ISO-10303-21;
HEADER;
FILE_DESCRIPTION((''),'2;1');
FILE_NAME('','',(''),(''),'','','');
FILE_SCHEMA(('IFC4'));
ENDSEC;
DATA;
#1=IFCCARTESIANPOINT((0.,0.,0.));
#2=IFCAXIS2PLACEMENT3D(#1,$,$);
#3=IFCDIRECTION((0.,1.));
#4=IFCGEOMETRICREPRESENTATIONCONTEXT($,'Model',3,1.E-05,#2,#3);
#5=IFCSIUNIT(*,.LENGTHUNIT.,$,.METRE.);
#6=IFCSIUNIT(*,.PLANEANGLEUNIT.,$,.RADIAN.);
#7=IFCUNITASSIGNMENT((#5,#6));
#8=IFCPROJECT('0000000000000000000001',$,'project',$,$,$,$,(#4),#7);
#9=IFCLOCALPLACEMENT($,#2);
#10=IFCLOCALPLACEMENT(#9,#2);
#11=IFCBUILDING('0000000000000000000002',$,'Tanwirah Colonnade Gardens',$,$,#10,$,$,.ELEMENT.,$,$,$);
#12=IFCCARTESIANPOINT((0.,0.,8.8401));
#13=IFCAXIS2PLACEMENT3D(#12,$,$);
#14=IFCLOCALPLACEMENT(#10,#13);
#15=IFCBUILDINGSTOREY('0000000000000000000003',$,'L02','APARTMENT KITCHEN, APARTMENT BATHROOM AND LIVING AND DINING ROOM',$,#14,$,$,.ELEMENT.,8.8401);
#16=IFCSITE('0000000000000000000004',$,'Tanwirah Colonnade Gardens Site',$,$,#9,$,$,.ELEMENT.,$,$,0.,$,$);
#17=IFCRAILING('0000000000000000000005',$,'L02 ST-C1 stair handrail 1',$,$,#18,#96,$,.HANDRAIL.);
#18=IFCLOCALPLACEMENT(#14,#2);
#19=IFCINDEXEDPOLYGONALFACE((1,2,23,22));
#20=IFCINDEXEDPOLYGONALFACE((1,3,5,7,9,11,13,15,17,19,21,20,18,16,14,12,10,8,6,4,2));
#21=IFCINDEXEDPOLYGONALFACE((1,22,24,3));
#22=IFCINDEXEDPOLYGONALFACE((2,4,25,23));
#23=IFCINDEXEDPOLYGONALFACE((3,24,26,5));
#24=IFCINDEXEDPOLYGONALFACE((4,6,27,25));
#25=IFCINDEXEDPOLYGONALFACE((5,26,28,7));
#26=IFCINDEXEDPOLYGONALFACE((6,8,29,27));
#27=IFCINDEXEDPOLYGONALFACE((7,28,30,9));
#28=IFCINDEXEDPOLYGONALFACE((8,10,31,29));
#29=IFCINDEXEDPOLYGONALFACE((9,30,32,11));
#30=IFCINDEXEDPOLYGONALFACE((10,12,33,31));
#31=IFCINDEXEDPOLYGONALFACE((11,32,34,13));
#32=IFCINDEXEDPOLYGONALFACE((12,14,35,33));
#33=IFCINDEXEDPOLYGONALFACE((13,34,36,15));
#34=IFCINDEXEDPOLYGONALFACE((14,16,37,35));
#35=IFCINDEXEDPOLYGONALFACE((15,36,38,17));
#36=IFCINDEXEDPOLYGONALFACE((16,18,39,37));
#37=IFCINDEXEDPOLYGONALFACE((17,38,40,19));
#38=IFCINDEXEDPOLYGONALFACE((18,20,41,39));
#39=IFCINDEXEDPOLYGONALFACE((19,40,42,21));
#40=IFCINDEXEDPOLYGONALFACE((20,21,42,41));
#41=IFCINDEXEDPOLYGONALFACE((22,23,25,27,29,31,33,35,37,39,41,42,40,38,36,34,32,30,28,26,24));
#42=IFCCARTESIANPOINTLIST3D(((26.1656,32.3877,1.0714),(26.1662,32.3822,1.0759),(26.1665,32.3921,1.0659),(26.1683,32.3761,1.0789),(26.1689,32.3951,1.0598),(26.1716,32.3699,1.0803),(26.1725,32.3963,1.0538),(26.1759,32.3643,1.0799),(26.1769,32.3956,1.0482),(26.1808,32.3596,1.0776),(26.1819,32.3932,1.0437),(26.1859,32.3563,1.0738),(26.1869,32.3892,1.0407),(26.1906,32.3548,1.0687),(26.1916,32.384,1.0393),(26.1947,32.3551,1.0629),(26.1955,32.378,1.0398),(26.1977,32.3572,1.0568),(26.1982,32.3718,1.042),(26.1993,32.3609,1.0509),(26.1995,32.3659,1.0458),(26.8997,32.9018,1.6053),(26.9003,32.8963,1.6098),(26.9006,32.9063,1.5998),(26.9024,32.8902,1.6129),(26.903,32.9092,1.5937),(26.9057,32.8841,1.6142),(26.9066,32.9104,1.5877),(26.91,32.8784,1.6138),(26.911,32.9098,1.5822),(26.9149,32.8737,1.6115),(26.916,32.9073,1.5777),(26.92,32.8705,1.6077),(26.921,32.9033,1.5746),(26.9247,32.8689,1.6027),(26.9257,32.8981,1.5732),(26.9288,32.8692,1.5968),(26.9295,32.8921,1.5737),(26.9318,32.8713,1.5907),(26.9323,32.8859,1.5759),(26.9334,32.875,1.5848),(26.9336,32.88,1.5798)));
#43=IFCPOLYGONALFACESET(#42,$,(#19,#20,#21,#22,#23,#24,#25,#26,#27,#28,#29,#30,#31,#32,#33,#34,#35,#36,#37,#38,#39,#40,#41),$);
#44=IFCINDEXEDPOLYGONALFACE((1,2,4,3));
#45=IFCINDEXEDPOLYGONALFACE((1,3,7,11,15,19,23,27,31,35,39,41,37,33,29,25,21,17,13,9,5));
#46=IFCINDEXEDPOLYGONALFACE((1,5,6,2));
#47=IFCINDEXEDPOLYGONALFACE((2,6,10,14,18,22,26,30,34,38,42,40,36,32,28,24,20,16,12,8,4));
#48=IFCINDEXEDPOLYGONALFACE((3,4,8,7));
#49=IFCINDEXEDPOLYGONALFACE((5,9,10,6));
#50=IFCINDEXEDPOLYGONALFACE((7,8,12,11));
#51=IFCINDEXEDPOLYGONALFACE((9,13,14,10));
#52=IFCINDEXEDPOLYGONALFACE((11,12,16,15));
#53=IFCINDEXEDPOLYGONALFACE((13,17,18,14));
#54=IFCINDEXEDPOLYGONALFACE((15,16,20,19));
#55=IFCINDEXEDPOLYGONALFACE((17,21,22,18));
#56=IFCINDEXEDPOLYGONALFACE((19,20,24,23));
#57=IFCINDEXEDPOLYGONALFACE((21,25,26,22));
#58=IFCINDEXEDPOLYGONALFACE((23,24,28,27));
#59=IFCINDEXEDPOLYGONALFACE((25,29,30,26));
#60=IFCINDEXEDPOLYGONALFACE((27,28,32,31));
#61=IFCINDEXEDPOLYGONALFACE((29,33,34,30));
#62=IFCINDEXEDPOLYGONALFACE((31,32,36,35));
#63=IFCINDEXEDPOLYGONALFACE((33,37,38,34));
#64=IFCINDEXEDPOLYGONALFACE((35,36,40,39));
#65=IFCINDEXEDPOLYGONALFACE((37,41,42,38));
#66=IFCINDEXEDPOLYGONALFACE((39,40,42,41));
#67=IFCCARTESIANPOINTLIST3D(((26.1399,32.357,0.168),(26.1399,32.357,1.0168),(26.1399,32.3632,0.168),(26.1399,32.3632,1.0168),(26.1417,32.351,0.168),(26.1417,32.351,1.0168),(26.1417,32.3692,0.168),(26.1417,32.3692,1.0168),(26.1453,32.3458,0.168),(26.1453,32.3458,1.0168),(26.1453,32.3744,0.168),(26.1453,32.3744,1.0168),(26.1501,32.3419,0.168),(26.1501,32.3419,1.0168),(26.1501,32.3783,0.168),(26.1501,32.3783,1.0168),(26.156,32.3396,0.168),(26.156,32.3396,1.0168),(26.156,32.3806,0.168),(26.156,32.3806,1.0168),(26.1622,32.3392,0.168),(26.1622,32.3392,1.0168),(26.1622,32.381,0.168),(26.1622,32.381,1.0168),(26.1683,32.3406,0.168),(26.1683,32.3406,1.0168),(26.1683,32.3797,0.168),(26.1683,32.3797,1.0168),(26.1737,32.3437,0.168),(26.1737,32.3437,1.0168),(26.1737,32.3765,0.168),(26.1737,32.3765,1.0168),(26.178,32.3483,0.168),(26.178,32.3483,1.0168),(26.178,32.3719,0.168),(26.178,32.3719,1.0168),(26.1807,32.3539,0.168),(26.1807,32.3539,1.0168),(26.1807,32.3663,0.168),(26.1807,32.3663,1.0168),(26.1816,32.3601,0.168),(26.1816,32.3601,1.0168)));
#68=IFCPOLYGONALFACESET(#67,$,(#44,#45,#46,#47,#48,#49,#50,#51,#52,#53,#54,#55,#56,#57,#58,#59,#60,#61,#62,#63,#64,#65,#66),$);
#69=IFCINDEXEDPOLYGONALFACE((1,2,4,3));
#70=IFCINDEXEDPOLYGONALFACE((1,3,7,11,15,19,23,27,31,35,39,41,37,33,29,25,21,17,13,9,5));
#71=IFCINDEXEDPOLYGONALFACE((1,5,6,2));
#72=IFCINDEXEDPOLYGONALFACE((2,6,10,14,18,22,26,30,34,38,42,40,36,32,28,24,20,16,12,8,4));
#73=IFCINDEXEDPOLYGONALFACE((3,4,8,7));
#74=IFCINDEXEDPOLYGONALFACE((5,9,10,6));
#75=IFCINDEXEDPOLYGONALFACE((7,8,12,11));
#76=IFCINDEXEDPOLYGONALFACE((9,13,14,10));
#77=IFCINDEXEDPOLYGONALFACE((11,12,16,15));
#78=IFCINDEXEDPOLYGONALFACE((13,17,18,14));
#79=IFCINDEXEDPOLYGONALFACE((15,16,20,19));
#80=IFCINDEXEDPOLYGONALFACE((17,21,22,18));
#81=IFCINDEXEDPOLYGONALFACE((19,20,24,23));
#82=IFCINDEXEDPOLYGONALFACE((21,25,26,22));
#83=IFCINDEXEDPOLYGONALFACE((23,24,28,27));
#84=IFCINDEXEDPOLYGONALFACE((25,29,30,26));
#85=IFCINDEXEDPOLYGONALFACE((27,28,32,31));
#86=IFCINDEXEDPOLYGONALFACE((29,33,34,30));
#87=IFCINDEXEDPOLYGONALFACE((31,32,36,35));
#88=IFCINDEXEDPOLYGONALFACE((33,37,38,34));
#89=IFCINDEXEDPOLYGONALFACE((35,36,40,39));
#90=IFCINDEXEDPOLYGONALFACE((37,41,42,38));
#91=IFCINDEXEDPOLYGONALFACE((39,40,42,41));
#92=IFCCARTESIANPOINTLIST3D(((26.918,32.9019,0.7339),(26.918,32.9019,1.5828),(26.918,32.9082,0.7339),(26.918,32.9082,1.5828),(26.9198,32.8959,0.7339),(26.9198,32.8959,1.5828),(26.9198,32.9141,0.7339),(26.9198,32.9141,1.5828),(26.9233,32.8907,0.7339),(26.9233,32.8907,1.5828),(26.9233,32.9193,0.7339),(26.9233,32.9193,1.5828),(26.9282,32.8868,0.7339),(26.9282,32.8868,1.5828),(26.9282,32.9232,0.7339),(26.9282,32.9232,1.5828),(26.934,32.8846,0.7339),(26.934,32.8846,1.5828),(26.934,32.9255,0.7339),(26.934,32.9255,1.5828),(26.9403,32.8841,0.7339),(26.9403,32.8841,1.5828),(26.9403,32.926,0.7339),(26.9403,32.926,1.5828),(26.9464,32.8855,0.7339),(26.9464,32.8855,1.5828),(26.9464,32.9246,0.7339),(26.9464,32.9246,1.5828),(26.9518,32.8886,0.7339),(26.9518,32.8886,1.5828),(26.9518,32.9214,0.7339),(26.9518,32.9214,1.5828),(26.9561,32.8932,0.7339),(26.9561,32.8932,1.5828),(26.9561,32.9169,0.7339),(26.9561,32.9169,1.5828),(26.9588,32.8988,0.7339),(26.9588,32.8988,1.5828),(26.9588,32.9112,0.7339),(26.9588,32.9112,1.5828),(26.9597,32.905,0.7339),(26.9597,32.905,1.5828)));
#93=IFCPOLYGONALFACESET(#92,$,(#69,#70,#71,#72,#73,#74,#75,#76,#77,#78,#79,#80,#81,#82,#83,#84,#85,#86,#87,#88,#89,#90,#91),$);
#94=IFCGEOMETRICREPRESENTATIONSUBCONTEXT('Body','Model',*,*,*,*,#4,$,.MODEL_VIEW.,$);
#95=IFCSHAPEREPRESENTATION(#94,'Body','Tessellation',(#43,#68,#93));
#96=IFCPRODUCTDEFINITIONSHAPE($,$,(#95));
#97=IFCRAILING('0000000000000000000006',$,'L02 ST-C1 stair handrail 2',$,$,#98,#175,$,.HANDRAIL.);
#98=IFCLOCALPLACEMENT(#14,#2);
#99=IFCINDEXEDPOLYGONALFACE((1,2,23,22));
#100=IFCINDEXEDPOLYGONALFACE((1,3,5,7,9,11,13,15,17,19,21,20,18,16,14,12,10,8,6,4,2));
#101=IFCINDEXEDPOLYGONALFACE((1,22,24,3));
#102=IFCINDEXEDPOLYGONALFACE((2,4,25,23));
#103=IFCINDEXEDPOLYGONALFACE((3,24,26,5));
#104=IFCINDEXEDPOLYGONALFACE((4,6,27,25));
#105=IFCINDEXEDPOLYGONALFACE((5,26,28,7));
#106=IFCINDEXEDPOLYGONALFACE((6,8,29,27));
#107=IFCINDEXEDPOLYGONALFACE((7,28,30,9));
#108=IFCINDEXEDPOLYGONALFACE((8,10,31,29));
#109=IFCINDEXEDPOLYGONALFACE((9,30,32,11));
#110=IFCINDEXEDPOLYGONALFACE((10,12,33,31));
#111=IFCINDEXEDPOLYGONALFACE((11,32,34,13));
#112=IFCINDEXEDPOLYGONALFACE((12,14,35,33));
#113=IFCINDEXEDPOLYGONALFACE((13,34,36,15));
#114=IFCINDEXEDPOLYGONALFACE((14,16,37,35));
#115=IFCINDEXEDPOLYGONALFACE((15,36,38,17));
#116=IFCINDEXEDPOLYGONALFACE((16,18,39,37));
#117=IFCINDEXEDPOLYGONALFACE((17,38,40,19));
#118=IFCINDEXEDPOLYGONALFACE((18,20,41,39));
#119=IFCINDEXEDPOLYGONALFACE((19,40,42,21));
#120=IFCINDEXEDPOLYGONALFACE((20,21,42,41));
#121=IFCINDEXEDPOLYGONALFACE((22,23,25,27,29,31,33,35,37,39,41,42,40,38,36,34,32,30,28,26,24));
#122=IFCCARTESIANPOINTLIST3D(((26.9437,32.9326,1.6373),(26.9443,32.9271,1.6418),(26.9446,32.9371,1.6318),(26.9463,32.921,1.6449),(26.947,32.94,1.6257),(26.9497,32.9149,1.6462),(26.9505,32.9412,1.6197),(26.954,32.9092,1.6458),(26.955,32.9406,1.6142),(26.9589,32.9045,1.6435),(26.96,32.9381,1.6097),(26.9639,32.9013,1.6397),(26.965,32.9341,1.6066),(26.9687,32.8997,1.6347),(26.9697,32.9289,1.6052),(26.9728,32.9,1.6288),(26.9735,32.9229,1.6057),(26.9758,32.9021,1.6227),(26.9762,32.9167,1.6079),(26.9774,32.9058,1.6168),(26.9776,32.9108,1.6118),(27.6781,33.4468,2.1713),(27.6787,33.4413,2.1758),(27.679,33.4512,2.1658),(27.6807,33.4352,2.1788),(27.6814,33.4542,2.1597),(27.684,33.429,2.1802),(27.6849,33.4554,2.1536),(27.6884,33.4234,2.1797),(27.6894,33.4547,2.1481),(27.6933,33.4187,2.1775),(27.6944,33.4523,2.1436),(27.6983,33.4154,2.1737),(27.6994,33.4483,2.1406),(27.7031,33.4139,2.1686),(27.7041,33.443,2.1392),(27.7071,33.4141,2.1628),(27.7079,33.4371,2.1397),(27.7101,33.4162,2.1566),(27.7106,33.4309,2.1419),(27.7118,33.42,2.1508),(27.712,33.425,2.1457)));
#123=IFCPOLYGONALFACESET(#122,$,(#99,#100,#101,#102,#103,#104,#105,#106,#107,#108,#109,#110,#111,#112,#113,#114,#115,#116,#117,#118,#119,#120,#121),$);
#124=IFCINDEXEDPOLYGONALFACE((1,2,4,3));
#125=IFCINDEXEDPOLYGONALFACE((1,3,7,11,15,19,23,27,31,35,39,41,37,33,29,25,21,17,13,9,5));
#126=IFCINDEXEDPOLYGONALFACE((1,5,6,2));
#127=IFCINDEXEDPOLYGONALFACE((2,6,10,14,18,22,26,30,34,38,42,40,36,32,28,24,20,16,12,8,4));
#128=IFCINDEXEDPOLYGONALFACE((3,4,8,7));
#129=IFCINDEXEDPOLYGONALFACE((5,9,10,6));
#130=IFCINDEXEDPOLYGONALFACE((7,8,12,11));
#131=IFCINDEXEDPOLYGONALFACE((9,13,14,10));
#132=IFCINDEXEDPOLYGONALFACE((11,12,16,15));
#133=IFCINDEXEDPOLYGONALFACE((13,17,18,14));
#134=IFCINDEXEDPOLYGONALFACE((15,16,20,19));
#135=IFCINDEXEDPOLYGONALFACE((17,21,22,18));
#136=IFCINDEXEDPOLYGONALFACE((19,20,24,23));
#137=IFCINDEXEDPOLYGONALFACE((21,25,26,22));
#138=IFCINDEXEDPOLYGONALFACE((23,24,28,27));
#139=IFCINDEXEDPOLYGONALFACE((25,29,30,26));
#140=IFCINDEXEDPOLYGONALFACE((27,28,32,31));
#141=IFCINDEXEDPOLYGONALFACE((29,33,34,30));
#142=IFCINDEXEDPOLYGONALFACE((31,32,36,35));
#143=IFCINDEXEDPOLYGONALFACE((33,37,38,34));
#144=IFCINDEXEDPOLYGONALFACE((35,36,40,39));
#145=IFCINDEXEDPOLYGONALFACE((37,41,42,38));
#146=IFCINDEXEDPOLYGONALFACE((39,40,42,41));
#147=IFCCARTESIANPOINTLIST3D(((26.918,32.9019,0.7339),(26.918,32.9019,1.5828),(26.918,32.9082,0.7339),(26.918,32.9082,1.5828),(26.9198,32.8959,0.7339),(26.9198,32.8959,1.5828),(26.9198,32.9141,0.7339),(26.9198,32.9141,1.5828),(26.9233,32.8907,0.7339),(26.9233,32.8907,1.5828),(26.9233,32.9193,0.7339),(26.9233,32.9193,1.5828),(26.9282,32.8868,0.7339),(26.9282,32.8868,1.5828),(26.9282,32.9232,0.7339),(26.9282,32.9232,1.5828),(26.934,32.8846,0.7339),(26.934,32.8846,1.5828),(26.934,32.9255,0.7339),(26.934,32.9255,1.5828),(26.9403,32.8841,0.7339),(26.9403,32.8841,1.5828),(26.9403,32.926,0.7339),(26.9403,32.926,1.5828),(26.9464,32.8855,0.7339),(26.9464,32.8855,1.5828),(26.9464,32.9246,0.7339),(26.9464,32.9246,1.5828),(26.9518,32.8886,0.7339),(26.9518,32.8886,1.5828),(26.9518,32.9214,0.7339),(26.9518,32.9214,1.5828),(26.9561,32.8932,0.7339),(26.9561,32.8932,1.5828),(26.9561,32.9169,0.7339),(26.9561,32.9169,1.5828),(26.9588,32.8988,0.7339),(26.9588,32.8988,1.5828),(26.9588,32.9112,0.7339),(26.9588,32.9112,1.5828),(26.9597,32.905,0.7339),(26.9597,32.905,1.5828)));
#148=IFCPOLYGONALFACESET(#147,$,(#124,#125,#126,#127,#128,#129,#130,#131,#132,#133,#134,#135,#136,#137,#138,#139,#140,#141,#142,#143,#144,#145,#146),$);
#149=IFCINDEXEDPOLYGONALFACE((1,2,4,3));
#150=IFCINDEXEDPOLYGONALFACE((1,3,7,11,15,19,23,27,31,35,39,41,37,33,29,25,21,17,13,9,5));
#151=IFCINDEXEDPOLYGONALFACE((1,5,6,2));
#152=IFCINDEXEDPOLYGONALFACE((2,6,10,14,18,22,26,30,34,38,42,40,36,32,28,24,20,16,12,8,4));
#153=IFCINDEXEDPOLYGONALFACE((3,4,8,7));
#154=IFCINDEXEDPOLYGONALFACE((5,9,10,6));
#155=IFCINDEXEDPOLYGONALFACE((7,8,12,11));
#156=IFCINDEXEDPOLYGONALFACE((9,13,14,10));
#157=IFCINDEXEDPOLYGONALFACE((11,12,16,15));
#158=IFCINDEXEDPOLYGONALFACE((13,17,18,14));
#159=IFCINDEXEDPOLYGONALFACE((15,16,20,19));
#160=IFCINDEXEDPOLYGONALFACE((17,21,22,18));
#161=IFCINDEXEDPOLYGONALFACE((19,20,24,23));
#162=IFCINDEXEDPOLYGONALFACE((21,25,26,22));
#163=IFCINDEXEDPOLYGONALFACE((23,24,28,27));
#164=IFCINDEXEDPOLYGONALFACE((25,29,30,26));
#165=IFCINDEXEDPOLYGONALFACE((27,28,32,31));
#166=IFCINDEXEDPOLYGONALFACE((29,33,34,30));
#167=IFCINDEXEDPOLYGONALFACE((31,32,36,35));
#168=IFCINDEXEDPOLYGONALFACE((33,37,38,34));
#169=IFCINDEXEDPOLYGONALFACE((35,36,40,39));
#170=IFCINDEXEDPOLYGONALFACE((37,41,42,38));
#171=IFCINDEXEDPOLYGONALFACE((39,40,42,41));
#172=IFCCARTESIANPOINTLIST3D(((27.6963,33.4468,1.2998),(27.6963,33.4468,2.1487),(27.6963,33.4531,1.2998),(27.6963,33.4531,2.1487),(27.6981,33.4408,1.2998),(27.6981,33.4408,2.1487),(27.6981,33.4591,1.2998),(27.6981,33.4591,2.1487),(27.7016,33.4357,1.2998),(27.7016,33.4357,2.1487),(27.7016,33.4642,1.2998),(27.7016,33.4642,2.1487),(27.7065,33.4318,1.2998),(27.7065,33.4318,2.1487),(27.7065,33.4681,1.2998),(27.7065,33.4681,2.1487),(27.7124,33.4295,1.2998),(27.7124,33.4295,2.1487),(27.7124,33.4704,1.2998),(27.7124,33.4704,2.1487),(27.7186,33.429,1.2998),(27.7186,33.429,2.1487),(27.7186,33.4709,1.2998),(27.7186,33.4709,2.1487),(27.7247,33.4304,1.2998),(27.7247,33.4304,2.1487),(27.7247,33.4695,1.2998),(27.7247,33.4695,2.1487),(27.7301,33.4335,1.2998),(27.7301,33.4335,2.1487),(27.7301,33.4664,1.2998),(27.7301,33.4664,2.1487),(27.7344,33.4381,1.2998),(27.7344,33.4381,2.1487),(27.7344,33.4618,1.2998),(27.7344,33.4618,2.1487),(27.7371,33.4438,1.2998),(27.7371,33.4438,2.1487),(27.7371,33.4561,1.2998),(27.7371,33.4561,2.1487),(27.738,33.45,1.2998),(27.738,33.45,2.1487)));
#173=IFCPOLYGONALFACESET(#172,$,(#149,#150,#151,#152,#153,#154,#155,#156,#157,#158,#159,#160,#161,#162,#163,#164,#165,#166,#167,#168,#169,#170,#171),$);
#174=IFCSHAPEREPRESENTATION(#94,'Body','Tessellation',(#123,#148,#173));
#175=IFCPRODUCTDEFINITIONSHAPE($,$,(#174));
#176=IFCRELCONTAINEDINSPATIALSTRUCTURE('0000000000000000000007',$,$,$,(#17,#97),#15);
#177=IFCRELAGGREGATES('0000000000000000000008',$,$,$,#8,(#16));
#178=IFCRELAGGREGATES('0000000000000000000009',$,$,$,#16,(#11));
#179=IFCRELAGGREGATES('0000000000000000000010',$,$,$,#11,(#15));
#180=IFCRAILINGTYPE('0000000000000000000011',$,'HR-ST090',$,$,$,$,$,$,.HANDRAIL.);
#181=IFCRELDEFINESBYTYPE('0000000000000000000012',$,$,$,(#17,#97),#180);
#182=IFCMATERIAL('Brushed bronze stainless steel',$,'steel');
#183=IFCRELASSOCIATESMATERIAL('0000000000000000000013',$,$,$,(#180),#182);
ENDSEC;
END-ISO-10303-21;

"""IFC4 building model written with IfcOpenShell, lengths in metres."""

from ifc_helpers import new_model, si_unit, direction, frame, origin, origin_2d, place, context, subcontext, project, spatial, circle, extrude, material, type_object, element, save


model = new_model("IFC4")

# Units and contexts
model_context = context("Model", 3, precision=1e-05, world=origin(), true_north=direction((0.0, 1.0)))
body_context = subcontext(model_context, "Body", "Model", "MODEL_VIEW")
ifc_project = project(units=[si_unit("LENGTHUNIT", "METRE"), si_unit("PLANEANGLEUNIT", "RADIAN")], contexts=[model_context])

# Site, building, storey
site_placement = place(None, origin())
site = spatial("IfcSite", under=ifc_project, at=site_placement, Name="Tanwirah Colonnade Gardens Site", CompositionType="ELEMENT", RefElevation=0.0)
building_placement = place(site_placement, origin())
building = spatial("IfcBuilding", under=site, at=building_placement, Name="Tanwirah Colonnade Gardens", CompositionType="ELEMENT")
storey_placement = place(building_placement, frame((0.0, 0.0, 8.8401)))
storey = spatial("IfcBuildingStorey", under=building, at=storey_placement, Name="L02", Description="APARTMENT KITCHEN, APARTMENT BATHROOM AND LIVING AND DINING ROOM", CompositionType="ELEMENT", Elevation=8.8401)

# Railings
ifc_material_1 = material(Name="Brushed bronze stainless steel", Category="steel")
railing_type_1 = type_object("IfcRailingType", Name="HR-ST090", PredefinedType="HANDRAIL", material=ifc_material_1)
railing_1_placement = place(storey_placement, frame((26.1606, 32.3601, 0.168)))
element("IfcRailing", 1, at=railing_1_placement, inside=storey, type_object=railing_type_1, Name="L02 ST-C1 stair handrail 1", PredefinedType="HANDRAIL", context=body_context, shape_type="SweptSolid", body=[
    extrude(circle(Radius=0.0239, at=origin_2d()), frame((0.022, 0.0154, 0.8918), z_axis=(0.703686, 0.492823, 0.511812), x_axis=(-0.573652, 0.819099, 0.0)), (0.0, 0.0, 1.0), 1.0432),
    extrude(circle(Radius=0.021, at=origin_2d()), origin(), (0.0, 0.0, 1.0), 0.8489),
    extrude(circle(Radius=0.021, at=origin_2d()), frame((0.7781, 0.5449, 0.5659)), (0.0, 0.0, 1.0), 0.8489),
])
railing_2_placement = place(storey_placement, frame((26.9387, 32.905, 0.7339)))
element("IfcRailing", 2, at=railing_2_placement, inside=storey, type_object=railing_type_1, Name="L02 ST-C1 stair handrail 2", PredefinedType="HANDRAIL", context=body_context, shape_type="SweptSolid", body=[
    extrude(circle(Radius=0.0239, at=origin_2d()), frame((0.022, 0.0154, 0.8918), z_axis=(0.703797, 0.492747, 0.511732), x_axis=(-0.573531, 0.819184, 0.0)), (0.0, 0.0, 1.0), 1.0435),
    extrude(circle(Radius=0.021, at=origin_2d()), origin(), (0.0, 0.0, 1.0), 0.8489),
    extrude(circle(Radius=0.021, at=origin_2d()), frame((0.7783, 0.5449, 0.5659)), (0.0, 0.0, 1.0), 0.8489),
])

save(model, "model.ifc")
